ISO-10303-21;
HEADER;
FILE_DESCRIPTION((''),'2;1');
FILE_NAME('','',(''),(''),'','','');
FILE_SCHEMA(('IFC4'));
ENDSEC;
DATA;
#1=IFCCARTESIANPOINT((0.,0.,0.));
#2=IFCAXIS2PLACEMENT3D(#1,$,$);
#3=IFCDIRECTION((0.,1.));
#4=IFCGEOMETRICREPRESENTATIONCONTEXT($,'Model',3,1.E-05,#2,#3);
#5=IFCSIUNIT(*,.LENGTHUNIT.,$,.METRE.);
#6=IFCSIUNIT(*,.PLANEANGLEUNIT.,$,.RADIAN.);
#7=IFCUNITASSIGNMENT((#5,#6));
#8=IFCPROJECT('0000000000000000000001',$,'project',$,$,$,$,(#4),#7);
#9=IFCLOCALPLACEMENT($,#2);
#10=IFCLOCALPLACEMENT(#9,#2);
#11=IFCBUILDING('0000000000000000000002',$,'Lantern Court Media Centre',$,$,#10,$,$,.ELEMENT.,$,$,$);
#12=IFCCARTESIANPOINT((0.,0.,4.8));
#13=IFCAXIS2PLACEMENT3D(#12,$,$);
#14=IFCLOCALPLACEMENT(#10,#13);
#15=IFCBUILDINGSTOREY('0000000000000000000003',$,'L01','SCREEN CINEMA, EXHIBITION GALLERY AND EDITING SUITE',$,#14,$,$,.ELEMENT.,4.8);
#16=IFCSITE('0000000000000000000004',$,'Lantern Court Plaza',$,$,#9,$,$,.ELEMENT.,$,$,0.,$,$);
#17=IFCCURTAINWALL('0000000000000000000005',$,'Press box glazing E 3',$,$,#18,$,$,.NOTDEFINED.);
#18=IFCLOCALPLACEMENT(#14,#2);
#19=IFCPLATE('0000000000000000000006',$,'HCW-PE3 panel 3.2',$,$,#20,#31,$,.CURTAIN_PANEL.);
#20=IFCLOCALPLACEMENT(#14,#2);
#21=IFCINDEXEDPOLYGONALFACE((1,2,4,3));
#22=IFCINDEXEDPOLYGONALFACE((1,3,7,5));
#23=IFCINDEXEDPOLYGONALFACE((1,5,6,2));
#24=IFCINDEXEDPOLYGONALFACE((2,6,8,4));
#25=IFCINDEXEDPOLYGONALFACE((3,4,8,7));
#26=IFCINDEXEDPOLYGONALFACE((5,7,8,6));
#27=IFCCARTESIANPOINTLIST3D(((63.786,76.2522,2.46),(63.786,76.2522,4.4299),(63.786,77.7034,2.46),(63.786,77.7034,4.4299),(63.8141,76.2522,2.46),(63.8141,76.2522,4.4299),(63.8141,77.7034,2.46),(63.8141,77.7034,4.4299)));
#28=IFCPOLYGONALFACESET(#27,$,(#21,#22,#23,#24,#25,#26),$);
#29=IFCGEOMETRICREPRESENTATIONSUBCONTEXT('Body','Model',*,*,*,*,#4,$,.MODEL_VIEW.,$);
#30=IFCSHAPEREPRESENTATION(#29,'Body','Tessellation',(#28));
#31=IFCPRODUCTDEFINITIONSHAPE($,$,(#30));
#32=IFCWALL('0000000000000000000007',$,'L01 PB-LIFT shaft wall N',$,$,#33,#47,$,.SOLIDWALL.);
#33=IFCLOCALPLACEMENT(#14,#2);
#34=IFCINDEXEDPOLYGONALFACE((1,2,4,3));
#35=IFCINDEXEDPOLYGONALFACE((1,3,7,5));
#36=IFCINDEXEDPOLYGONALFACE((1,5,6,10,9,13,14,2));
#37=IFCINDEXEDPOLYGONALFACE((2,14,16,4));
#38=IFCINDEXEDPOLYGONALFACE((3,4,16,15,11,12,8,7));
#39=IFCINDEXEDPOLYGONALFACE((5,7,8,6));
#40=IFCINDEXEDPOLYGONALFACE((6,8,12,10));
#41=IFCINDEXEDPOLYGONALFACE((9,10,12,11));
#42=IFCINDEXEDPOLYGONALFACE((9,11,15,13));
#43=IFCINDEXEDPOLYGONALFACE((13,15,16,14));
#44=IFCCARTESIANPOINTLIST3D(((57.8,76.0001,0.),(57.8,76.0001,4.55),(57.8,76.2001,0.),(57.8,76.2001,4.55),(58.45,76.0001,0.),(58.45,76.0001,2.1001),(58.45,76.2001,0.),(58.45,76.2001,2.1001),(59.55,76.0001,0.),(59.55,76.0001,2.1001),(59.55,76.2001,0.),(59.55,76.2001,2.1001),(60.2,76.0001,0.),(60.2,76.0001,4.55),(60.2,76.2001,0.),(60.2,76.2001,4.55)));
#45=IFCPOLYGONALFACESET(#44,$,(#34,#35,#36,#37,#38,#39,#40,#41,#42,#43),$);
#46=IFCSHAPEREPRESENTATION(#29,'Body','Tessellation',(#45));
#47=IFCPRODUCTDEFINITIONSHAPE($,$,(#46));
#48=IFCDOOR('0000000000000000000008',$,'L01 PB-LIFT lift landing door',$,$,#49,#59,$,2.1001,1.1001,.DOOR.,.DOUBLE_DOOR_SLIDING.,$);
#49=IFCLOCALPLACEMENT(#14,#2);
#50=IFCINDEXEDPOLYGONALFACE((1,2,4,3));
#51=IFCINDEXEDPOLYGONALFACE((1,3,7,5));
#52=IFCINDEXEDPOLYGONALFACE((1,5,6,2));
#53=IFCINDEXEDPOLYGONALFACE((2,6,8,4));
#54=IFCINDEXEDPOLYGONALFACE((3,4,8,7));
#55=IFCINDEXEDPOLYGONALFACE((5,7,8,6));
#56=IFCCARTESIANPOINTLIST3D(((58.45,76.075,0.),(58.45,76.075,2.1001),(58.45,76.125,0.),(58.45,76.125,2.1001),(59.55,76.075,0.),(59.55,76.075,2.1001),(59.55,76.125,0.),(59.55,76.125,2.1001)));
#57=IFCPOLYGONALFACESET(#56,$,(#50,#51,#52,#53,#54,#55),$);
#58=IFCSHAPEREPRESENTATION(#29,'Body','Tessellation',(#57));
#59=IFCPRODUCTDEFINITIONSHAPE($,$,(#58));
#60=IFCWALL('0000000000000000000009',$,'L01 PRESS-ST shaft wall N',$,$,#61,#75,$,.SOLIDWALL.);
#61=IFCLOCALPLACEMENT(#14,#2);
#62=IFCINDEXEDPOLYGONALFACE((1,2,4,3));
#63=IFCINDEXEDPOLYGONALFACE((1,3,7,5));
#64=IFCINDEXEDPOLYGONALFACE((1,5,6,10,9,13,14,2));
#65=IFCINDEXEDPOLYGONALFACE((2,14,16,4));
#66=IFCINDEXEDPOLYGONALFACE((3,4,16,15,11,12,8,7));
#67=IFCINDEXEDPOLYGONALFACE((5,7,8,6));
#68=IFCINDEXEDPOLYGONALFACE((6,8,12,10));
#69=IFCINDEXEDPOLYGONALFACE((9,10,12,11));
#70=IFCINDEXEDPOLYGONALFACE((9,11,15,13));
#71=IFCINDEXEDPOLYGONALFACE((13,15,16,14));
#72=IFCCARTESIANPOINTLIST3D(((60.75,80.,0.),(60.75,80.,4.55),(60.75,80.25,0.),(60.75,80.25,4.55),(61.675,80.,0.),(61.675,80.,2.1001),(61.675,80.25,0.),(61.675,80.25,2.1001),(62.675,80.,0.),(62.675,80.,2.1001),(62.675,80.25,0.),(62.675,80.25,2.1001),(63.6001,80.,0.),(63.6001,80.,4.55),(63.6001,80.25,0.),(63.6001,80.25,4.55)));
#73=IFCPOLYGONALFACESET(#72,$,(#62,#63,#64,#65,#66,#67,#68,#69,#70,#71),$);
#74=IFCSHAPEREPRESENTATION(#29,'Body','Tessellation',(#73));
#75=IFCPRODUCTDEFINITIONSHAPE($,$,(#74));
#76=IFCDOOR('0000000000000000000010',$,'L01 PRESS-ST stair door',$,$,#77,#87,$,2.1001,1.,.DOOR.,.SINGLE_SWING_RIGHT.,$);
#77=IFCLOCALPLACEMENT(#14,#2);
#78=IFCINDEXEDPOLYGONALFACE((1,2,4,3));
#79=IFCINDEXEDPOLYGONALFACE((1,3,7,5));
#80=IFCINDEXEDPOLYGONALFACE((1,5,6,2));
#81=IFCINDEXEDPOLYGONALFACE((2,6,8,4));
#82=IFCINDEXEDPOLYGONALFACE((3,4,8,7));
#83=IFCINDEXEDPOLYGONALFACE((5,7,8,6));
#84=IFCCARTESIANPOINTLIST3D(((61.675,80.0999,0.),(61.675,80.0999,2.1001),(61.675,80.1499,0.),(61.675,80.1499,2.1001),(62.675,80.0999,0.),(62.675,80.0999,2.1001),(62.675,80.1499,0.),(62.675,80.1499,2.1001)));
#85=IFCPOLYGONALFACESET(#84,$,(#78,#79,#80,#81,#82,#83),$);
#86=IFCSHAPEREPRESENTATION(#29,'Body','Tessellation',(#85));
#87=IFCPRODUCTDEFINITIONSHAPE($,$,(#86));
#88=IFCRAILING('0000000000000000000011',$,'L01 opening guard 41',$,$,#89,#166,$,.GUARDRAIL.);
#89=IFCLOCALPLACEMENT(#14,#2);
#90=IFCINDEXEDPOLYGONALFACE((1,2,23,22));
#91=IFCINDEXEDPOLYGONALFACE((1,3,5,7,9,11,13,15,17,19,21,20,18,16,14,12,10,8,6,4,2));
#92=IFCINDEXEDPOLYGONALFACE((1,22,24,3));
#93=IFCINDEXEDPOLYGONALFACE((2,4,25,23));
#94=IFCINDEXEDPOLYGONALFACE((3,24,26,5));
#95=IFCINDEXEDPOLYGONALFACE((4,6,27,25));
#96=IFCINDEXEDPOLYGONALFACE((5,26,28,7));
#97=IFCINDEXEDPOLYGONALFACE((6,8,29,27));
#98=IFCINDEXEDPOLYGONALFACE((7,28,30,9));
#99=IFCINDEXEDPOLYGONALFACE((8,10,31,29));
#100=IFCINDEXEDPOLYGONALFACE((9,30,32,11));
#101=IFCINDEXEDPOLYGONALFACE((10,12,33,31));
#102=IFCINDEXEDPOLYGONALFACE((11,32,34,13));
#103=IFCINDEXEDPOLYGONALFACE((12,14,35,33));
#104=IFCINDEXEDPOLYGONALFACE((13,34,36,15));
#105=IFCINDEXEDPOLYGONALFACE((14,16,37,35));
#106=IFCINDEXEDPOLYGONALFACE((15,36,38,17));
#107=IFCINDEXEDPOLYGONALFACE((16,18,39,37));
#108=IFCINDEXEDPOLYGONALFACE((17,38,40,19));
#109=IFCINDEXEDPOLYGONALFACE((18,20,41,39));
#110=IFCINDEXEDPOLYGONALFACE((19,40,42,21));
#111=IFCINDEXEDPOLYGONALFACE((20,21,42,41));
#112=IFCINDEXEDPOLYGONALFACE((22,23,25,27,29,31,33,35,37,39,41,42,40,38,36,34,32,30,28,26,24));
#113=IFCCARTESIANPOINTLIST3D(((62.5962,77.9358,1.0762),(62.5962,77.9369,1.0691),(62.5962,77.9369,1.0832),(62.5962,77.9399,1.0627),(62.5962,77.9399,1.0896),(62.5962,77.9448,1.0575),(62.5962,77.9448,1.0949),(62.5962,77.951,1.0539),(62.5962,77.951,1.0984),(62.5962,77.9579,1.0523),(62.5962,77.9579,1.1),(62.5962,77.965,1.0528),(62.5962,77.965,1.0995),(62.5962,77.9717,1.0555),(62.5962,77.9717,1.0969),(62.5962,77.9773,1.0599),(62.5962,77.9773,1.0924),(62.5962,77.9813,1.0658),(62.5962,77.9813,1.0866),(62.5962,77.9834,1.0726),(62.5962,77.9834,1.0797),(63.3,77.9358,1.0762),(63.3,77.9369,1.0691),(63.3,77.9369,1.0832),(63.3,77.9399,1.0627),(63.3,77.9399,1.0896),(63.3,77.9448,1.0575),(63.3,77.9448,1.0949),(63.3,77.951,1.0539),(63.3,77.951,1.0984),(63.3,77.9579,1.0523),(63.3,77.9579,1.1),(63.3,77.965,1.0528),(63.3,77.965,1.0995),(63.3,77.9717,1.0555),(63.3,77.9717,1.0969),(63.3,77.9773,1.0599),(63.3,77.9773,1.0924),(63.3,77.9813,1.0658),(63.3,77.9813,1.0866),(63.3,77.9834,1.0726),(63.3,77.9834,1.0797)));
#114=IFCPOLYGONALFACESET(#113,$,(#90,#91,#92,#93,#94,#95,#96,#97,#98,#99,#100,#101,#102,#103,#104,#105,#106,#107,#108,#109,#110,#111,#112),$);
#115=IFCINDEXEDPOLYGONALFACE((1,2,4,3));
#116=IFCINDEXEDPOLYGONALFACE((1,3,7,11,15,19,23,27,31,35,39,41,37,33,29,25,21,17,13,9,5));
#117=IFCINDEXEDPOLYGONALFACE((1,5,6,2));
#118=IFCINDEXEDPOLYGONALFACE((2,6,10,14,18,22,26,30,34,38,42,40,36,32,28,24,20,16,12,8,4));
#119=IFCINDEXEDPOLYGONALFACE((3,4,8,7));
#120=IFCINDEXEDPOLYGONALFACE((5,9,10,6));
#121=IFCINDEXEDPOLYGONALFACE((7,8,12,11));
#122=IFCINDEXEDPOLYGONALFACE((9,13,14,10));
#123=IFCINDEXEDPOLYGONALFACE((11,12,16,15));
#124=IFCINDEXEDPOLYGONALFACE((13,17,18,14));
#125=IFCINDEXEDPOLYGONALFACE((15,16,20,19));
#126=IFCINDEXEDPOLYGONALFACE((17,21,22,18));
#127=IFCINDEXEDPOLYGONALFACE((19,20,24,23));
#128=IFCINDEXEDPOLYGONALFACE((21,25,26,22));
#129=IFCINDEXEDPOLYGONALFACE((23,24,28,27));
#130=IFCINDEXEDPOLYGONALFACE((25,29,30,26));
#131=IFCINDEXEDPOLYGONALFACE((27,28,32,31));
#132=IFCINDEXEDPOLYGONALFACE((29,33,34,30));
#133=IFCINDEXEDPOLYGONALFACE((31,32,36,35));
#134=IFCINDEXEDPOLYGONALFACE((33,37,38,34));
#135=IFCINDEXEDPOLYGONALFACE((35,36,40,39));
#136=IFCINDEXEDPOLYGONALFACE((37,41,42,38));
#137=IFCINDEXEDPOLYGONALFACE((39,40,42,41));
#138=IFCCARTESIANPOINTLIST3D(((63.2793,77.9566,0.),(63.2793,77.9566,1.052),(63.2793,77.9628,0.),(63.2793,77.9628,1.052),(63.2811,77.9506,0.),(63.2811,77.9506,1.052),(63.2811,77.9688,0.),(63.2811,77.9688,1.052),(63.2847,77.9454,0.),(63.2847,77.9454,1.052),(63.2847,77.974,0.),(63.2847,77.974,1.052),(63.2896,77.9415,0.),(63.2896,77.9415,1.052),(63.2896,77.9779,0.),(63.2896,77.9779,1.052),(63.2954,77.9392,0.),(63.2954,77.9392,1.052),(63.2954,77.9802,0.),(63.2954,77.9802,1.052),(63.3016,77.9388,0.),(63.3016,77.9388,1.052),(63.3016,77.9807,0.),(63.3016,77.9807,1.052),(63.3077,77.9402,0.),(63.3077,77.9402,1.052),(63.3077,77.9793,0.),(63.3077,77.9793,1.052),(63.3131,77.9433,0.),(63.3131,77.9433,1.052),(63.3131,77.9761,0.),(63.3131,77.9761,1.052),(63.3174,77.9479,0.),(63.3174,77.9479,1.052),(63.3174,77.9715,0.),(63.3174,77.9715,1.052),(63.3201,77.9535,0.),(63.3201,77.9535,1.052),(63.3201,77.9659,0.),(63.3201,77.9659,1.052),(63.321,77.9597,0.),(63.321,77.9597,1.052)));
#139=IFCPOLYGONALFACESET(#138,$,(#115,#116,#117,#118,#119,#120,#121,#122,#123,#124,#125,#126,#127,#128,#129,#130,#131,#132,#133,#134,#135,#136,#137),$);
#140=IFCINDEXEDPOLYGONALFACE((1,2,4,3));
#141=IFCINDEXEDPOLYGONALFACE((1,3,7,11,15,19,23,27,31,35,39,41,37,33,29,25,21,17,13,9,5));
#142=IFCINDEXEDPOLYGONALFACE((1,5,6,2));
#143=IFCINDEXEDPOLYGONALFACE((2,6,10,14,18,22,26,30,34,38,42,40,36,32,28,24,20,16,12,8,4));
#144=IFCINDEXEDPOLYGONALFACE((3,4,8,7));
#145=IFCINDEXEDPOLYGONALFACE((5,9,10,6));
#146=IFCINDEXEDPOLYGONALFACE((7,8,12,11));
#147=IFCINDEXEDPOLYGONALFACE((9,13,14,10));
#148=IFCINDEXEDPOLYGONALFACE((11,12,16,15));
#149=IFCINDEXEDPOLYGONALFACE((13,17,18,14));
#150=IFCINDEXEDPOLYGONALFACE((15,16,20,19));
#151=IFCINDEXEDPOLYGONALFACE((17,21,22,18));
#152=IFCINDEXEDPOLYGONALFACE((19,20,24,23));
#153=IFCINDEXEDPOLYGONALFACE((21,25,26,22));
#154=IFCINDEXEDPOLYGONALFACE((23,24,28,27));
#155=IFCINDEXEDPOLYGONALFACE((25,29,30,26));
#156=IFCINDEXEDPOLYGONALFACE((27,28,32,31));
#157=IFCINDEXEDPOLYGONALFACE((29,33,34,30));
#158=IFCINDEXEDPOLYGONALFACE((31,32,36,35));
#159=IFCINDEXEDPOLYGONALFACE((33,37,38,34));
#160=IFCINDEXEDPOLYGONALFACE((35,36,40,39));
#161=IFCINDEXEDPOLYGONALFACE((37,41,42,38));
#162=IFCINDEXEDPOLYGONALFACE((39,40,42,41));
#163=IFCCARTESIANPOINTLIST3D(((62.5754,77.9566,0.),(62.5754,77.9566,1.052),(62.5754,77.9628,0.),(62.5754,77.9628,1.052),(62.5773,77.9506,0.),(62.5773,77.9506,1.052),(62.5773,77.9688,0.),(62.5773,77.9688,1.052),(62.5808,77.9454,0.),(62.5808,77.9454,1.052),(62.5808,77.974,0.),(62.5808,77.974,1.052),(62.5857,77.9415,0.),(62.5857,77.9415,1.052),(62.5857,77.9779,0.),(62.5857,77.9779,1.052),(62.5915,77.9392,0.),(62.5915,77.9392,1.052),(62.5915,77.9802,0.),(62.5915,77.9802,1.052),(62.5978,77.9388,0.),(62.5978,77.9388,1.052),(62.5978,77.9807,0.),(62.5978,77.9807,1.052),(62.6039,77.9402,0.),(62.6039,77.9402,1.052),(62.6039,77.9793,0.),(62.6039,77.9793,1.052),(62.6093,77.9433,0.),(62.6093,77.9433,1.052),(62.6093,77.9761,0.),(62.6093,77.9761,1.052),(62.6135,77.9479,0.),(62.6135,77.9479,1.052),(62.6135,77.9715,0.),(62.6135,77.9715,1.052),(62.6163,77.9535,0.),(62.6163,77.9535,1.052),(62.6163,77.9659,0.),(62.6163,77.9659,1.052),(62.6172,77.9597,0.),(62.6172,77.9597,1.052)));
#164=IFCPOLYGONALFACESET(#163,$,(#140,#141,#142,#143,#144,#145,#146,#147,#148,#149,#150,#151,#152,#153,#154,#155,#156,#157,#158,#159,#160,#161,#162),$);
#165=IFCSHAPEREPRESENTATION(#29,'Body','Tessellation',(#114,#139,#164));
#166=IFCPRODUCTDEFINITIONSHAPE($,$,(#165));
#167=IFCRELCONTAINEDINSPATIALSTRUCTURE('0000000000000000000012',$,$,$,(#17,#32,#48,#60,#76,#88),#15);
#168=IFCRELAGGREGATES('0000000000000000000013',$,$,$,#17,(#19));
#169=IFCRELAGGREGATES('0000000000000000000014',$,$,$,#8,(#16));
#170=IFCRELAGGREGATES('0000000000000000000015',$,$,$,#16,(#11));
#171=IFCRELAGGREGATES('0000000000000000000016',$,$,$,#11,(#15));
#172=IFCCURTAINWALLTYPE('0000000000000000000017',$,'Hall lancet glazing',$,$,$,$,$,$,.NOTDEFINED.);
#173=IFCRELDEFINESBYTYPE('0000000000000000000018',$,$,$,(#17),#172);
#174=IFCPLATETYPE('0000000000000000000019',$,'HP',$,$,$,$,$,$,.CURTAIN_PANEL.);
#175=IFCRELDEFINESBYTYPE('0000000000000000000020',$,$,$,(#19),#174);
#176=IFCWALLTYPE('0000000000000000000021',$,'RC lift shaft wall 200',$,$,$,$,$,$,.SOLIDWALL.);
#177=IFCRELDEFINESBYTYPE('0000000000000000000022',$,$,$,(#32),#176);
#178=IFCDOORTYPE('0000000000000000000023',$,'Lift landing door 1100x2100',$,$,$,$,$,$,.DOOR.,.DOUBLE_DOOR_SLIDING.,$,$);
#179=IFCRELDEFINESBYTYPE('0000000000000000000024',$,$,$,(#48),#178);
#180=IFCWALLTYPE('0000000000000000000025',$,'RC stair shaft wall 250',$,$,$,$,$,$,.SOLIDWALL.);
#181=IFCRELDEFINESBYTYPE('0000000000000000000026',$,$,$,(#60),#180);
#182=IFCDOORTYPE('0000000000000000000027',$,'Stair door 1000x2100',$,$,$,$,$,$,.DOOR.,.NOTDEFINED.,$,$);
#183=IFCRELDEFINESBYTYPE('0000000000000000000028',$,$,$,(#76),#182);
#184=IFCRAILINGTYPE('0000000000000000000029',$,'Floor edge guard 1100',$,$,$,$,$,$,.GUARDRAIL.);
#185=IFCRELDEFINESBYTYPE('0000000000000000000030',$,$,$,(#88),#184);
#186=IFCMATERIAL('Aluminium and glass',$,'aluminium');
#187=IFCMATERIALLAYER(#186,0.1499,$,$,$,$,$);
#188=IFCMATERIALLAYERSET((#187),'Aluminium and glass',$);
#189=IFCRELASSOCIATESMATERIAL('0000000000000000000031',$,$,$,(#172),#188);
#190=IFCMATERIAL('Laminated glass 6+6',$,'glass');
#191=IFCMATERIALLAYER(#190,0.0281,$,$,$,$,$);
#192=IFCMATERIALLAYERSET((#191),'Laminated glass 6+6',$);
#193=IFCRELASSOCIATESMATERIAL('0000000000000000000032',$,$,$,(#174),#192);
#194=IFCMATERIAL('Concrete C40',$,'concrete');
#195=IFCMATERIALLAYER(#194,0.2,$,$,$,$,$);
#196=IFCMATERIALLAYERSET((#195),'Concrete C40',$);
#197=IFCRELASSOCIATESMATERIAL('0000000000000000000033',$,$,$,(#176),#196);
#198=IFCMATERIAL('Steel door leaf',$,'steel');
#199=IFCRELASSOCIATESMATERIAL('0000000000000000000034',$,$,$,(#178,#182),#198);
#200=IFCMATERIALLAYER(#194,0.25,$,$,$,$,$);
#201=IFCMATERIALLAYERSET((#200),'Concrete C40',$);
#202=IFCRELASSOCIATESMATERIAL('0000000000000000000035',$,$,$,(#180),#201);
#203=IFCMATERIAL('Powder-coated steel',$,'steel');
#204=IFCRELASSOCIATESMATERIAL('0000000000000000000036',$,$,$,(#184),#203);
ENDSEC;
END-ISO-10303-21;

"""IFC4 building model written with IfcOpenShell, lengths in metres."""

from ifc_helpers import new_model, si_unit, direction, frame, frame_2d, origin, origin_2d, place, context, subcontext, project, spatial, rectangle, circle, extrude, material, layer, layer_set, type_object, element, fill, aggregate, save


model = new_model("IFC4")

# Units and contexts
model_context = context("Model", 3, precision=1e-05, world=origin(), true_north=direction((0.0, 1.0)))
body_context = subcontext(model_context, "Body", "Model", "MODEL_VIEW")
ifc_project = project(units=[si_unit("LENGTHUNIT", "METRE"), si_unit("PLANEANGLEUNIT", "RADIAN")], contexts=[model_context])

# Site, building, storey
site_placement = place(None, origin())
site = spatial("IfcSite", under=ifc_project, at=site_placement, Name="Lantern Court Plaza", CompositionType="ELEMENT", RefElevation=0.0)
building_placement = place(site_placement, origin())
building = spatial("IfcBuilding", under=site, at=building_placement, Name="Lantern Court Media Centre", CompositionType="ELEMENT")
storey_placement = place(building_placement, frame((0.0, 0.0, 4.8)))
storey = spatial("IfcBuildingStorey", under=building, at=storey_placement, Name="L01", Description="SCREEN CINEMA, EXHIBITION GALLERY AND EDITING SUITE", CompositionType="ELEMENT", Elevation=4.8)

# Curtain wall
ifc_material_1 = material(Name="Aluminium and glass", Category="aluminium")
ifc_layer_1 = layer(ifc_material_1, 0.1499)
ifc_layer_set_1 = layer_set([ifc_layer_1], Name="Aluminium and glass")
curtain_wall_type = type_object("IfcCurtainWallType", Name="Hall lancet glazing", PredefinedType="NOTDEFINED", material=ifc_layer_set_1)
curtain_wall_1_placement = place(storey_placement, origin())
curtain_wall_1 = element("IfcCurtainWall", 1, at=curtain_wall_1_placement, inside=storey, type_object=curtain_wall_type, Name="Press box glazing E 3", PredefinedType="NOTDEFINED")

# Plate
ifc_material_2 = material(Name="Laminated glass 6+6", Category="glass")
ifc_layer_2 = layer(ifc_material_2, 0.0281)
ifc_layer_set_2 = layer_set([ifc_layer_2], Name="Laminated glass 6+6")
plate_type = type_object("IfcPlateType", Name="HP", PredefinedType="CURTAIN_PANEL", material=ifc_layer_set_2)
plate_1_placement = place(storey_placement, frame((63.8, 76.9778, 2.46), z_axis=(0.0, 0.0, 1.0), x_axis=(0.0, 1.0, 0.0)))
plate_1 = element("IfcPlate", 2, at=plate_1_placement, type_object=plate_type, Name="HCW-PE3 panel 3.2", PredefinedType="CURTAIN_PANEL", context=body_context, shape_type="SweptSolid", body=[
    extrude(rectangle(XDim=1.4512, YDim=0.0281, at=origin_2d()), origin(), (0.0, 0.0, 1.0), 1.97),
])
aggregate(curtain_wall_1, [plate_1])

# Walls, openings, doors
ifc_material_3 = material(Name="Concrete C40", Category="concrete")
ifc_layer_3 = layer(ifc_material_3, 0.2)
ifc_layer_set_3 = layer_set([ifc_layer_3], Name="Concrete C40")
wall_type_1 = type_object("IfcWallType", Name="RC lift shaft wall 200", PredefinedType="SOLIDWALL", material=ifc_layer_set_3)
wall_1_placement = place(storey_placement, frame((57.8, 76.1001, 0.0), z_axis=(0.0, 0.0, 1.0), x_axis=(1.0, 0.0, 0.0)))
wall_1 = element("IfcWall", 3, at=wall_1_placement, inside=storey, type_object=wall_type_1, Name="L01 PB-LIFT shaft wall N", PredefinedType="SOLIDWALL", context=body_context, shape_type="SweptSolid", body=[
    extrude(rectangle(XDim=2.3999, YDim=0.2, at=frame_2d((1.2, 0.0))), origin(), (0.0, 0.0, 1.0), 4.55),
])
opening_1_placement = place(wall_1_placement, frame((0.6499, 0.0, 0.0)))
opening_1 = element("IfcOpeningElement", 4, at=opening_1_placement, cuts=wall_1, PredefinedType="OPENING", context=body_context, shape_type="SweptSolid", body=[
    extrude(rectangle(XDim=1.1001, YDim=2.1001, at=frame_2d((0.55, 1.05))), frame((0.0, 0.1099, 0.0), z_axis=(0.0, -1.0, 0.0), x_axis=(1.0, 0.0, 0.0)), (0.0, 0.0, 1.0), 0.22),
])
ifc_material_4 = material(Name="Steel door leaf", Category="steel")
door_type_1 = type_object("IfcDoorType", Name="Lift landing door 1100x2100", OperationType="DOUBLE_DOOR_SLIDING", PredefinedType="DOOR", material=ifc_material_4)
door_1_placement = place(opening_1_placement, origin())
door_1 = element("IfcDoor", 5, at=door_1_placement, inside=storey, type_object=door_type_1, Name="L01 PB-LIFT lift landing door", OperationType="DOUBLE_DOOR_SLIDING", OverallHeight=2.1001, OverallWidth=1.1001, PredefinedType="DOOR", context=body_context, shape_type="SweptSolid", body=[
    extrude(rectangle(XDim=1.1001, YDim=2.1001, at=frame_2d((0.55, 1.05))), frame((0.0, 0.0249, 0.0), z_axis=(0.0, -1.0, 0.0), x_axis=(1.0, 0.0, 0.0)), (0.0, 0.0, 1.0), 0.05),
])
fill(opening_1, door_1)
ifc_layer_4 = layer(ifc_material_3, 0.25)
ifc_layer_set_4 = layer_set([ifc_layer_4], Name="Concrete C40")
wall_type_2 = type_object("IfcWallType", Name="RC stair shaft wall 250", PredefinedType="SOLIDWALL", material=ifc_layer_set_4)
wall_2_placement = place(storey_placement, frame((60.75, 80.125, 0.0), z_axis=(0.0, 0.0, 1.0), x_axis=(1.0, 0.0, 0.0)))
wall_2 = element("IfcWall", 6, at=wall_2_placement, inside=storey, type_object=wall_type_2, Name="L01 PRESS-ST shaft wall N", PredefinedType="SOLIDWALL", context=body_context, shape_type="SweptSolid", body=[
    extrude(rectangle(XDim=2.8501, YDim=0.25, at=frame_2d((1.425, 0.0))), origin(), (0.0, 0.0, 1.0), 4.55),
])
opening_2_placement = place(wall_2_placement, frame((0.925, 0.0, 0.0)))
opening_2 = element("IfcOpeningElement", 7, at=opening_2_placement, cuts=wall_2, PredefinedType="OPENING", context=body_context, shape_type="SweptSolid", body=[
    extrude(rectangle(XDim=1.0, YDim=2.1001, at=frame_2d((0.5, 1.05))), frame((0.0, 0.135, 0.0), z_axis=(0.0, -1.0, 0.0), x_axis=(1.0, 0.0, 0.0)), (0.0, 0.0, 1.0), 0.27),
])
door_type_2 = type_object("IfcDoorType", Name="Stair door 1000x2100", OperationType="NOTDEFINED", PredefinedType="DOOR", material=ifc_material_4)
door_2_placement = place(opening_2_placement, origin())
door_2 = element("IfcDoor", 8, at=door_2_placement, inside=storey, type_object=door_type_2, Name="L01 PRESS-ST stair door", OperationType="SINGLE_SWING_RIGHT", OverallHeight=2.1001, OverallWidth=1.0, PredefinedType="DOOR", context=body_context, shape_type="SweptSolid", body=[
    extrude(rectangle(XDim=1.0, YDim=2.1001, at=frame_2d((0.5, 1.05))), frame((0.0, 0.0249, 0.0), z_axis=(0.0, -1.0, 0.0), x_axis=(1.0, 0.0, 0.0)), (0.0, 0.0, 1.0), 0.05),
])
fill(opening_2, door_2)

# Railing
ifc_material_5 = material(Name="Powder-coated steel", Category="steel")
railing_type_1 = type_object("IfcRailingType", Name="Floor edge guard 1100", PredefinedType="GUARDRAIL", material=ifc_material_5)
railing_1_placement = place(storey_placement, frame((63.3, 77.9597, 0.0)))
element("IfcRailing", 9, at=railing_1_placement, inside=storey, type_object=railing_type_1, Name="L01 opening guard 41", PredefinedType="GUARDRAIL", context=body_context, shape_type="SweptSolid", body=[
    extrude(circle(Radius=0.0239, at=origin_2d()), frame((0.0, 0.0, 1.0762), z_axis=(-1.0, 0.0, 0.0), x_axis=(0.0, -1.0, 0.0)), (0.0, 0.0, 1.0), 0.7039),
    extrude(circle(Radius=0.021, at=origin_2d()), origin(), (0.0, 0.0, 1.0), 1.052),
    extrude(circle(Radius=0.021, at=origin_2d()), frame((-0.7039, 0.0, 0.0)), (0.0, 0.0, 1.0), 1.052),
])

save(model, "model.ifc")
